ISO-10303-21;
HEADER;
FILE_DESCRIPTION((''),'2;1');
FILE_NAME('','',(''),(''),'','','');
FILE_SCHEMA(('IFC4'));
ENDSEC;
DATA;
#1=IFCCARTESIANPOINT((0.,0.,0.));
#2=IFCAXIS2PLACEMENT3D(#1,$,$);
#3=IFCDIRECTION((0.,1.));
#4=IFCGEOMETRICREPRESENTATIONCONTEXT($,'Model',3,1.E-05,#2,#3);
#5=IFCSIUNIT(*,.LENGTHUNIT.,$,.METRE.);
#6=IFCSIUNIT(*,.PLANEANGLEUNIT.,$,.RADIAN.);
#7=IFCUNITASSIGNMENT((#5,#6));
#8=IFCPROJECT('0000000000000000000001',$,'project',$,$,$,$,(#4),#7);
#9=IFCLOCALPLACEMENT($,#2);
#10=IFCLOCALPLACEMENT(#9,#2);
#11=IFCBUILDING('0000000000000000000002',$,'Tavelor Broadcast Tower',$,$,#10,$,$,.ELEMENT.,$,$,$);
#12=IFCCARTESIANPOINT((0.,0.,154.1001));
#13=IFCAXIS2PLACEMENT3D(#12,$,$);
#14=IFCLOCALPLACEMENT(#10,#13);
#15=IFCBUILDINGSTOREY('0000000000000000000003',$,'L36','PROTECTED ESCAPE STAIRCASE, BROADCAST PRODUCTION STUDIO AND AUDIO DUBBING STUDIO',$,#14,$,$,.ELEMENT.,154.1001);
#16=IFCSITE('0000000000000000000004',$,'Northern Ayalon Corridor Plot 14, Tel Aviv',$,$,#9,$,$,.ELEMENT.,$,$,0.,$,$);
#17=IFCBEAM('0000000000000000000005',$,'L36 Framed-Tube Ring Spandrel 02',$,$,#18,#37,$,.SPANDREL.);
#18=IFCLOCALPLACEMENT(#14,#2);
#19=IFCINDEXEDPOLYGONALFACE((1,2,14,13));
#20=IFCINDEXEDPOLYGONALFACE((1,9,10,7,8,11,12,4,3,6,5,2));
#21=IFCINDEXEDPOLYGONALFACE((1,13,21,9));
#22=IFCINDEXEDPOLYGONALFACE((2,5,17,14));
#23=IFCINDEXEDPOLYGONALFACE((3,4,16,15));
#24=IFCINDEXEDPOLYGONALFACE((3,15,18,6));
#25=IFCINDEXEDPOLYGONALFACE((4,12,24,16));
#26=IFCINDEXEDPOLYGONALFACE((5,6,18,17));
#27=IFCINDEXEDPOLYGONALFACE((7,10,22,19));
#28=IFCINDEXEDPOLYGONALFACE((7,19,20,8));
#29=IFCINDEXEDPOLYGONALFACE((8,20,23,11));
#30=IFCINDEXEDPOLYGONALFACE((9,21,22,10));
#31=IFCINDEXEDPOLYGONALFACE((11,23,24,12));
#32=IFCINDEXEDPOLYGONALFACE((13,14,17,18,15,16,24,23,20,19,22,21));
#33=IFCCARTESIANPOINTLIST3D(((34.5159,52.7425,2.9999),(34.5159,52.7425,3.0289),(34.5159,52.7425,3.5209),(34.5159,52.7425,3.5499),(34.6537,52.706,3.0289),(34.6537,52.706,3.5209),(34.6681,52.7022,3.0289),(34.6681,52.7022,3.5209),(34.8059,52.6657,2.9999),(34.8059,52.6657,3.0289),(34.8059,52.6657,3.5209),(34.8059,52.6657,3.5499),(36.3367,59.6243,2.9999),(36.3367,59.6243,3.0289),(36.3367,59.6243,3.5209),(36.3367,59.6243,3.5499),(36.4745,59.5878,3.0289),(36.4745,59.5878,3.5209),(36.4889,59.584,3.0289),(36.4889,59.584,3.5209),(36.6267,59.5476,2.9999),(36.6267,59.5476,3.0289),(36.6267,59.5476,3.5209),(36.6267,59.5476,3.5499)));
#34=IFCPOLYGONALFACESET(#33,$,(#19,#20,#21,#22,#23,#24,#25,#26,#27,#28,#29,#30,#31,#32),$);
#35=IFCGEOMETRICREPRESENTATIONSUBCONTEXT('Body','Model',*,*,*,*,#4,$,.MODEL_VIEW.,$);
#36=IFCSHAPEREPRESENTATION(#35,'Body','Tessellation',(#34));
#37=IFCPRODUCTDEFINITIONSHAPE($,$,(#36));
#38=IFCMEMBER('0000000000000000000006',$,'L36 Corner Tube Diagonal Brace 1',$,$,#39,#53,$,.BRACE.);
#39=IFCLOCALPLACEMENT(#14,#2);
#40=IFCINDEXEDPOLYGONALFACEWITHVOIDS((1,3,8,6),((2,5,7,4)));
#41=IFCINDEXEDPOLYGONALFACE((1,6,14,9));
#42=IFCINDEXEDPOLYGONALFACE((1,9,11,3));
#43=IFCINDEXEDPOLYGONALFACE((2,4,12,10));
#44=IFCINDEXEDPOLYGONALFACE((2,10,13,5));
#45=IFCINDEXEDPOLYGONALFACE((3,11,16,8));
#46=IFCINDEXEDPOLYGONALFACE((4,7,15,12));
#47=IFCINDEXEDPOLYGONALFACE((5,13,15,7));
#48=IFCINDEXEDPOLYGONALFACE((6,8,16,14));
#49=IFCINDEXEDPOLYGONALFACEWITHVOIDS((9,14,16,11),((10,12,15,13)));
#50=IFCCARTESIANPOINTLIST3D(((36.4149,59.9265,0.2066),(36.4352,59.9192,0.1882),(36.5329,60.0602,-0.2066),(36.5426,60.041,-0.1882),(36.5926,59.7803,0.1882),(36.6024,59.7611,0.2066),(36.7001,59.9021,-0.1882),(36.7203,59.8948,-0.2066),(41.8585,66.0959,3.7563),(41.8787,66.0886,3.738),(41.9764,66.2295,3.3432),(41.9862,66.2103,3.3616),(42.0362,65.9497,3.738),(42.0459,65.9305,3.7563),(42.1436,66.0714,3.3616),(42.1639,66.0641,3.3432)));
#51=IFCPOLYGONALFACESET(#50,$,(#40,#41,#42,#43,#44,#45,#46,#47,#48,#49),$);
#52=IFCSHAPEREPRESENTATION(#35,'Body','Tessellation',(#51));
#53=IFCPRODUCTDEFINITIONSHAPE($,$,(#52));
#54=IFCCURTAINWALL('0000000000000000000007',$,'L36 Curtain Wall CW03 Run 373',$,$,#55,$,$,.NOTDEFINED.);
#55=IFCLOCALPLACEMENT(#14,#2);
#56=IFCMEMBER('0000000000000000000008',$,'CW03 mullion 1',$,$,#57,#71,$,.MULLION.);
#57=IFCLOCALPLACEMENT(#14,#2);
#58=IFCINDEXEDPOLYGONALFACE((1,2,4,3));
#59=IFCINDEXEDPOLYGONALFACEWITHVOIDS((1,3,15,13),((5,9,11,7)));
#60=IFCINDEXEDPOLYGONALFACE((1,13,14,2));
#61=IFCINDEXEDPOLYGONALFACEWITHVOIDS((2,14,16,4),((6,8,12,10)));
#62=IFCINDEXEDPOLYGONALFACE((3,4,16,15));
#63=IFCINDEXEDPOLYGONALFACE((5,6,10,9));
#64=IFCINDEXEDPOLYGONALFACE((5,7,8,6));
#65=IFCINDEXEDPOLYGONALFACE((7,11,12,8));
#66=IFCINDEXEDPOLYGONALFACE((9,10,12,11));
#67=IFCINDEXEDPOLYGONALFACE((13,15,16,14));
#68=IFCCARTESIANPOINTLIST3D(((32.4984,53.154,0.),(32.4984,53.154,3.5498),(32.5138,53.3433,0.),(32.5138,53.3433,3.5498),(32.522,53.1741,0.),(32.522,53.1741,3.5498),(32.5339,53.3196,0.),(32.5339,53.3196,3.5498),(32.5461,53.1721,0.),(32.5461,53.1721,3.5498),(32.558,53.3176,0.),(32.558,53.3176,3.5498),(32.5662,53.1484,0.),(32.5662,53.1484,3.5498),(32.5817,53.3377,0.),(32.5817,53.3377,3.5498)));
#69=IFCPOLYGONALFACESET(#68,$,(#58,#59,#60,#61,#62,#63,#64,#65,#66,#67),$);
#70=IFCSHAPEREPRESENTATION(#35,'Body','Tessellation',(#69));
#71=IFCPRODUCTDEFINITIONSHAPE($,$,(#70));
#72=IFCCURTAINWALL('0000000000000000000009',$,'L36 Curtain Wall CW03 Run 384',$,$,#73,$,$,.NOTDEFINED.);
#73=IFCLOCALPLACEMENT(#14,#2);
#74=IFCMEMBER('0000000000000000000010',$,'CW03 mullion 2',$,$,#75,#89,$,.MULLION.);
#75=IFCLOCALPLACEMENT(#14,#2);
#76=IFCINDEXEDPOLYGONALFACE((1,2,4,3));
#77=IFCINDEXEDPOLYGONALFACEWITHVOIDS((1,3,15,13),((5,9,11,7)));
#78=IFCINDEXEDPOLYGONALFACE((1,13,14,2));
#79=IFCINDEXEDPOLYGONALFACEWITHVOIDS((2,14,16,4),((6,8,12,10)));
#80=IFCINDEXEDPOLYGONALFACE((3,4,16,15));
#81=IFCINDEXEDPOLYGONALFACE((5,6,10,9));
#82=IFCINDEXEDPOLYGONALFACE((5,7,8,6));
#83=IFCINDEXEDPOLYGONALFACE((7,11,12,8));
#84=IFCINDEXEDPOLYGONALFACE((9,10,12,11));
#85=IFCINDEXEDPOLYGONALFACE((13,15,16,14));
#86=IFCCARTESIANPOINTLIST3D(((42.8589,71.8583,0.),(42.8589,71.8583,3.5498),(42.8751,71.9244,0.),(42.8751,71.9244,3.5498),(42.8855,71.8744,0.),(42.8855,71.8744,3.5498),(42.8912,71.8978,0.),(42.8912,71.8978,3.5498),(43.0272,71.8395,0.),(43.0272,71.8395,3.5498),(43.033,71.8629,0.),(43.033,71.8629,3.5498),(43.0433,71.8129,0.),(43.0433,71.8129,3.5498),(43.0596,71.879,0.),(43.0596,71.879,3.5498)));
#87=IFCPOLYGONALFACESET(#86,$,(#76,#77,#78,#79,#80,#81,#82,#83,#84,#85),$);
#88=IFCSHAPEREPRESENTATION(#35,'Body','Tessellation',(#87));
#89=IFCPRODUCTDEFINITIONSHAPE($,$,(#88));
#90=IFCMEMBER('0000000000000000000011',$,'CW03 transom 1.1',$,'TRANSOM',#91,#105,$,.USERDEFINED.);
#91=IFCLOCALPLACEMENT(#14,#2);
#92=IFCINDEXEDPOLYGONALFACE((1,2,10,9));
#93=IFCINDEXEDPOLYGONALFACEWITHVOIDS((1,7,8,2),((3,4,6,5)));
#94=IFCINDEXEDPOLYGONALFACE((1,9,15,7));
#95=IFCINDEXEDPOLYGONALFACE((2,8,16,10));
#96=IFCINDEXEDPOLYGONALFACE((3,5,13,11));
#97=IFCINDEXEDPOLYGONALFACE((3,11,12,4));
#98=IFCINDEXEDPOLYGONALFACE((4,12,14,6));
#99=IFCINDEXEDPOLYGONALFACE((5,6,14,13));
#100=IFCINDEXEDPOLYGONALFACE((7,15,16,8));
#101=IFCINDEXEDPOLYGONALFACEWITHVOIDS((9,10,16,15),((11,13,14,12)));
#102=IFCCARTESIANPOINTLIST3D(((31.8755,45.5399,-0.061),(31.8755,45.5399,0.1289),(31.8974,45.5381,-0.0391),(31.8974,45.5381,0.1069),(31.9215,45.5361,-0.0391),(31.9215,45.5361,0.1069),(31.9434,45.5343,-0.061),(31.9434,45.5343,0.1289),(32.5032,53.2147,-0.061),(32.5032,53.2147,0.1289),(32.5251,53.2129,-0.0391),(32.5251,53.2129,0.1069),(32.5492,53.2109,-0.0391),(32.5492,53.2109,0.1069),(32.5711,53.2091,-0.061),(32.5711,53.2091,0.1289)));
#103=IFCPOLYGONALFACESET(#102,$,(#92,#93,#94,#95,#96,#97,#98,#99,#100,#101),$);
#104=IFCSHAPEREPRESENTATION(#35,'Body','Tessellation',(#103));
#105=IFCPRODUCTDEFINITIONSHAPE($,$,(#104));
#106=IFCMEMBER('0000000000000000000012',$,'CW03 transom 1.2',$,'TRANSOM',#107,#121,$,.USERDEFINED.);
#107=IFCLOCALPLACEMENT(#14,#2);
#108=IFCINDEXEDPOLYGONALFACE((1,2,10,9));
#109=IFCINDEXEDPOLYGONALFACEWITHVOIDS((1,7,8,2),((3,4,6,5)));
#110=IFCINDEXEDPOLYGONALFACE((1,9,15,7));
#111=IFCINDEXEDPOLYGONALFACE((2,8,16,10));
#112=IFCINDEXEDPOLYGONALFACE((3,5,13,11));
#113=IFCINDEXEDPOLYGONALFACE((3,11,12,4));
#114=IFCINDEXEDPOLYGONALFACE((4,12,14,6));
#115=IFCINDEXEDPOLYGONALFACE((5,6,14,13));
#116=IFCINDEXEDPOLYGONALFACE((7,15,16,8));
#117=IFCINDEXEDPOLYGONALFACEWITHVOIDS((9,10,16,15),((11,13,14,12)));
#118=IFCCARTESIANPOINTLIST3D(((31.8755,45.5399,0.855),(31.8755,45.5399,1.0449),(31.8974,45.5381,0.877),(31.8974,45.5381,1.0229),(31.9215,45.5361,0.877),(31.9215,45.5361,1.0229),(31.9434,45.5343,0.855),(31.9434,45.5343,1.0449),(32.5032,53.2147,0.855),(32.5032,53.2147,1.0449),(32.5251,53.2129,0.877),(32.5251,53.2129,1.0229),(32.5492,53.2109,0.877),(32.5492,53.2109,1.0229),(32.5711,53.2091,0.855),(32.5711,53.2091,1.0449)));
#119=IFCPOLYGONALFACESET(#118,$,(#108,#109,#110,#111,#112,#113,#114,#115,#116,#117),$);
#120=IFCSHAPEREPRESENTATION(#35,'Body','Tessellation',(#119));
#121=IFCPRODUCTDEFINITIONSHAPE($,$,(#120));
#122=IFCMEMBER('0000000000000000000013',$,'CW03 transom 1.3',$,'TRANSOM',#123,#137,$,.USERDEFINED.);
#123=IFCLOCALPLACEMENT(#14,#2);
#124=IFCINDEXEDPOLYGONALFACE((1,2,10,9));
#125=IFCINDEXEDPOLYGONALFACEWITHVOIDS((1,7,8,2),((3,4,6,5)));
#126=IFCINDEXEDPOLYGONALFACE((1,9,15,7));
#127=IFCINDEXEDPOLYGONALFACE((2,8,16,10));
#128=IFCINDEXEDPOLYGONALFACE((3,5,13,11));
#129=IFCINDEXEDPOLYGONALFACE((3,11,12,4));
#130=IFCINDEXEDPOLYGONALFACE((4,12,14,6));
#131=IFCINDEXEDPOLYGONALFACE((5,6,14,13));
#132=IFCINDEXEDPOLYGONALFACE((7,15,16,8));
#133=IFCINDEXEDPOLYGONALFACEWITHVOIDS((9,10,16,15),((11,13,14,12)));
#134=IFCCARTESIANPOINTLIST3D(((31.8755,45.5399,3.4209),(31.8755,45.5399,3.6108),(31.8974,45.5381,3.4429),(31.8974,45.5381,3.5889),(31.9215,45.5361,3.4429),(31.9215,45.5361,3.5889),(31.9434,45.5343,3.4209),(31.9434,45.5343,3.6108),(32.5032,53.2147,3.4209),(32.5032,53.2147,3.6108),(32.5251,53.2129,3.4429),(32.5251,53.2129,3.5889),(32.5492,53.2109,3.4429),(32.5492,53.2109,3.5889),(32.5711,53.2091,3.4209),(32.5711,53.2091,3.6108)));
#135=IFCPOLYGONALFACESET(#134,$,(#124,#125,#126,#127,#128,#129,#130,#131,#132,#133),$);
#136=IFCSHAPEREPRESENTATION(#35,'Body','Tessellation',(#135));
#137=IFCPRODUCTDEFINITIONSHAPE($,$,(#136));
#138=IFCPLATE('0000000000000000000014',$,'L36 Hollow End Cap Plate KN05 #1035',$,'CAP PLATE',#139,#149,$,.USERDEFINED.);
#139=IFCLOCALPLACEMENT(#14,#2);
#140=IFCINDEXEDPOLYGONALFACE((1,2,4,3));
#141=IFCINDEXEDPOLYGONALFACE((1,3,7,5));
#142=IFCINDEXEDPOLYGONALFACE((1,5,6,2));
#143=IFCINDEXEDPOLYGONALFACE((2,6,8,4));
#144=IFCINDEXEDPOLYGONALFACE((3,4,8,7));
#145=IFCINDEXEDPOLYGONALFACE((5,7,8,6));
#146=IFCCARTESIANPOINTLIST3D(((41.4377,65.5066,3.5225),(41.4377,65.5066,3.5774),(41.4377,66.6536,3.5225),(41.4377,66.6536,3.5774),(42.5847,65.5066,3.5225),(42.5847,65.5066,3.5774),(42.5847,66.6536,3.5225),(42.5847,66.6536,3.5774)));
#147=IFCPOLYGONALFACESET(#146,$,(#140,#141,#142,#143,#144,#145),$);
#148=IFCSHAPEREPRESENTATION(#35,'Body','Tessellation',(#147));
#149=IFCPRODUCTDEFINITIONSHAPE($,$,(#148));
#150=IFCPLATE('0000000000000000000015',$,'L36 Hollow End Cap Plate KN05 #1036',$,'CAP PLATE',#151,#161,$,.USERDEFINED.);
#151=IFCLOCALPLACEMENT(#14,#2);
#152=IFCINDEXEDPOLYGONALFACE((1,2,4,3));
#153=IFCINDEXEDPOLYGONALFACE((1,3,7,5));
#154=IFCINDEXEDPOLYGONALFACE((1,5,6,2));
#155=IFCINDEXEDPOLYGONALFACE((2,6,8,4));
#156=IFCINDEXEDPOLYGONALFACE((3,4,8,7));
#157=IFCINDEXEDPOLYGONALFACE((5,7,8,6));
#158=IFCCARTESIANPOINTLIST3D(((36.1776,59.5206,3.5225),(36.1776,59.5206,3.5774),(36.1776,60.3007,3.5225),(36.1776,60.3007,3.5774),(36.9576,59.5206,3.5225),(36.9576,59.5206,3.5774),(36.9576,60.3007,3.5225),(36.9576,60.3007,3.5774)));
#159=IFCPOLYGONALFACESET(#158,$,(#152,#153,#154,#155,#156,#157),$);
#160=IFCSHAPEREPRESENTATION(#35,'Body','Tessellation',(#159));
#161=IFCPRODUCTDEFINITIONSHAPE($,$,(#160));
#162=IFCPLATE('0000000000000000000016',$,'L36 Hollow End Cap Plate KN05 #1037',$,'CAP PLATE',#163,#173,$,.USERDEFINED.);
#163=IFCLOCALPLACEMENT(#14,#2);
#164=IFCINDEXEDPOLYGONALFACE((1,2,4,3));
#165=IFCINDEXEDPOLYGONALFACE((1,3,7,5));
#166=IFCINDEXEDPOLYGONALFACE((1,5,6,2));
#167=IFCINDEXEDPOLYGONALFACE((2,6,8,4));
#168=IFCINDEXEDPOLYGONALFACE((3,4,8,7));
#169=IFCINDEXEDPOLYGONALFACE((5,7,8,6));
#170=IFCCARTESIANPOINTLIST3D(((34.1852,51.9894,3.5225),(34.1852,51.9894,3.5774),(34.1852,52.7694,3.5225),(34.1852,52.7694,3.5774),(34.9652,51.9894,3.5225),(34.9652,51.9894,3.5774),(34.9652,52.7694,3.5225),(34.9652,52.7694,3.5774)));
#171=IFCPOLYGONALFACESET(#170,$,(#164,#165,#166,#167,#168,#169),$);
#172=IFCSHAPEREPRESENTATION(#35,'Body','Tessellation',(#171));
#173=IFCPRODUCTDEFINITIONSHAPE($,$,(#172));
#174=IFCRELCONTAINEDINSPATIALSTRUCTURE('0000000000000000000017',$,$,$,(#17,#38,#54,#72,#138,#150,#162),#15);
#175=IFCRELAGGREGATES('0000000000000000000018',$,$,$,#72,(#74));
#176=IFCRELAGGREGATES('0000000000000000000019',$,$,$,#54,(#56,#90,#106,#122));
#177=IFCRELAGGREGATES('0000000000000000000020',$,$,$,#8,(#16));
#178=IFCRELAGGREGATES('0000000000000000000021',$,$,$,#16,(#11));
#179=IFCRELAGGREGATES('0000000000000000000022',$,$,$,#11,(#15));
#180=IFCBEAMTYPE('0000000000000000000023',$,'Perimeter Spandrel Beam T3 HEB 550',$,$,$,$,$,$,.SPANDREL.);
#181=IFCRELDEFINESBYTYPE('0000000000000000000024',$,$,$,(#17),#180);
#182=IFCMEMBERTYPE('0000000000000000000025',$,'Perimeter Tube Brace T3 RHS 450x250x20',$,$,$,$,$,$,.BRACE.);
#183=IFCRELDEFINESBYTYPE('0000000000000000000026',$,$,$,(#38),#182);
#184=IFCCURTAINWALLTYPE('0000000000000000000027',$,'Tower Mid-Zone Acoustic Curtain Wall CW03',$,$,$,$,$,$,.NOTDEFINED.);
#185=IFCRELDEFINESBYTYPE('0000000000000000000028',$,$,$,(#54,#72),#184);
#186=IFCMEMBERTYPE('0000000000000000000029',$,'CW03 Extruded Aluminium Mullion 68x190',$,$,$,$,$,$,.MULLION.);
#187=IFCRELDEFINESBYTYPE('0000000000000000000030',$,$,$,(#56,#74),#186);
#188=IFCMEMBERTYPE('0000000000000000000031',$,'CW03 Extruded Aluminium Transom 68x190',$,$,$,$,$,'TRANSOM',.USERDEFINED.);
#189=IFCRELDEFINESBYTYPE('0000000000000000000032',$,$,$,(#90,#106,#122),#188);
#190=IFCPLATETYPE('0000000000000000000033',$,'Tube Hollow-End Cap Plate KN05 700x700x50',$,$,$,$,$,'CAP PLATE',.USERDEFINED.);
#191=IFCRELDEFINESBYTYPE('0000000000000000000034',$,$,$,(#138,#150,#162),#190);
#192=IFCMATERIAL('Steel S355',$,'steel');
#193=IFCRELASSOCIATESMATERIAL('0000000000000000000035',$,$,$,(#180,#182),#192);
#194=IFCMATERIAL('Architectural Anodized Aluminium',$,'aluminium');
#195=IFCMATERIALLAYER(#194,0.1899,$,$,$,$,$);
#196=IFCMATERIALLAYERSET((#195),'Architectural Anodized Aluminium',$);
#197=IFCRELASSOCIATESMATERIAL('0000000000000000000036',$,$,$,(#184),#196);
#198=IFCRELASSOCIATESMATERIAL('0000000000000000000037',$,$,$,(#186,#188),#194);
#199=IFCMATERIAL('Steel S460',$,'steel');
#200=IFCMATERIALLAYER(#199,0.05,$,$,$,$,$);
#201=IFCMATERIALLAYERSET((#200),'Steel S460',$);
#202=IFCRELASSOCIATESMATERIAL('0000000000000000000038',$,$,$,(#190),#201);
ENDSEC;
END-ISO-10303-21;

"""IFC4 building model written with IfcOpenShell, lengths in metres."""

from ifc_helpers import new_model, si_unit, direction, frame, origin, origin_2d, place, context, subcontext, project, spatial, rectangle, hollow_rectangle, i_section, extrude, source, transform, mapped, material, layer, layer_set, material_profile, profile_set, type_object, type_shapes, element, aggregate, save


model = new_model("IFC4")

# Units and contexts
model_context = context("Model", 3, precision=1e-05, world=origin(), true_north=direction((0.0, 1.0)))
body_context = subcontext(model_context, "Body", "Model", "MODEL_VIEW")
ifc_project = project(units=[si_unit("LENGTHUNIT", "METRE"), si_unit("PLANEANGLEUNIT", "RADIAN")], contexts=[model_context])

# Site, building, storey
site_placement = place(None, origin())
site = spatial("IfcSite", under=ifc_project, at=site_placement, Name="Northern Ayalon Corridor Plot 14, Tel Aviv", CompositionType="ELEMENT", RefElevation=0.0)
building_placement = place(site_placement, origin())
building = spatial("IfcBuilding", under=site, at=building_placement, Name="Tavelor Broadcast Tower", CompositionType="ELEMENT")
storey_placement = place(building_placement, frame((0.0, 0.0, 154.1001)))
storey = spatial("IfcBuildingStorey", under=building, at=storey_placement, Name="L36", Description="PROTECTED ESCAPE STAIRCASE, BROADCAST PRODUCTION STUDIO AND AUDIO DUBBING STUDIO", CompositionType="ELEMENT", Elevation=154.1001)

# Shared definitions
ifc_material_1 = material(Name="Steel S460", Category="steel")

# Beam
ifc_material_2 = material(Name="Steel S355", Category="steel")
ifc_material_profile_1 = material_profile(ifc_material_2, i_section(OverallWidth=0.3, OverallDepth=0.55, WebThickness=0.0149, FlangeThickness=0.0291, at=origin_2d()), Name="HEB 550")
ifc_profile_set_1 = profile_set([ifc_material_profile_1], Name="Steel S355")
beam_type_1 = type_object("IfcBeamType", Name="Perimeter Spandrel Beam T3 HEB 550", PredefinedType="SPANDREL", material=ifc_profile_set_1)
beam_1_placement = place(storey_placement, frame((36.4817, 59.5859, 3.2749), z_axis=(-0.255779, -0.966735, 0.0), x_axis=(0.966735, -0.255779, 0.0)))
element("IfcBeam", 1, at=beam_1_placement, inside=storey, type_object=beam_type_1, Name="L36 Framed-Tube Ring Spandrel 02", PredefinedType="SPANDREL", context=body_context, shape_type="SweptSolid", body=[
    extrude(i_section(OverallWidth=0.3, OverallDepth=0.55, WebThickness=0.0149, FlangeThickness=0.0291, at=origin_2d()), origin(), (0.0, 0.0, 1.0), 7.1187),
])

# Member
ifc_material_profile_2 = material_profile(ifc_material_2, hollow_rectangle(XDim=0.25, YDim=0.45, WallThickness=0.02, at=origin_2d()), Name="RHS 450x250x20")
ifc_profile_set_2 = profile_set([ifc_material_profile_2], Name="Steel S355")
member_type_1 = type_object("IfcMemberType", Name="Perimeter Tube Brace T3 RHS 450x250x20", PredefinedType="BRACE", material=ifc_profile_set_2)
member_1_placement = place(storey_placement, frame((36.5676, 59.9106, 0.0), z_axis=(0.607491, 0.688492, 0.396148), x_axis=(-0.749839, 0.661621, 0.0)))
element("IfcMember", 2, at=member_1_placement, inside=storey, type_object=member_type_1, Name="L36 Corner Tube Diagonal Brace 1", PredefinedType="BRACE", context=body_context, shape_type="SweptSolid", body=[
    extrude(hollow_rectangle(XDim=0.25, YDim=0.45, WallThickness=0.02, at=origin_2d()), origin(), (0.0, 0.0, 1.0), 8.9607),
])

# Curtain walls, members
ifc_material_3 = material(Name="Architectural Anodized Aluminium", Category="aluminium")
ifc_layer_1 = layer(ifc_material_3, 0.1899)
ifc_layer_set_1 = layer_set([ifc_layer_1], Name="Architectural Anodized Aluminium")
curtain_wall_type = type_object("IfcCurtainWallType", Name="Tower Mid-Zone Acoustic Curtain Wall CW03", PredefinedType="NOTDEFINED", material=ifc_layer_set_1)
curtain_wall_1_placement = place(storey_placement, origin())
curtain_wall_1 = element("IfcCurtainWall", 3, at=curtain_wall_1_placement, inside=storey, type_object=curtain_wall_type, Name="L36 Curtain Wall CW03 Run 373", PredefinedType="NOTDEFINED")
ifc_material_profile_3 = material_profile(ifc_material_3, hollow_rectangle(XDim=0.0681, YDim=0.1899, WallThickness=0.022, at=origin_2d()), Name="RHS 68x190x22")
ifc_profile_set_3 = profile_set([ifc_material_profile_3], Name="Architectural Anodized Aluminium")
member_type_2 = type_object("IfcMemberType", Name="CW03 Extruded Aluminium Mullion 68x190", PredefinedType="MULLION", material=ifc_profile_set_3)
shared_shape_1 = source(origin(), body_context, "Body", "SweptSolid", [
    extrude(hollow_rectangle(XDim=0.0681, YDim=0.1899, WallThickness=0.022, at=origin_2d()), origin(), (0.0, 0.0, 1.0), 3.5498),
])
type_shapes(member_type_2, [shared_shape_1])
member_2_placement = place(storey_placement, frame((32.54, 53.2458, 0.0), z_axis=(0.0, 0.0, 1.0), x_axis=(0.996673, -0.081504, 0.0)))
member_2 = element("IfcMember", 4, at=member_2_placement, type_object=member_type_2, Name="CW03 mullion 1", PredefinedType="MULLION", context=body_context, shape_type="MappedRepresentation", body=[
    mapped(shared_shape_1, transform((0.0, 0.0, 0.0), scale=1.0)),
])
curtain_wall_2_placement = place(storey_placement, origin())
curtain_wall_2 = element("IfcCurtainWall", 5, at=curtain_wall_2_placement, inside=storey, type_object=curtain_wall_type, Name="L36 Curtain Wall CW03 Run 384", PredefinedType="NOTDEFINED")
member_3_placement = place(storey_placement, frame((42.9592, 71.8687, 0.0), z_axis=(0.0, 0.0, 1.0), x_axis=(-0.238931, -0.971036, 0.0)))
member_3 = element("IfcMember", 6, at=member_3_placement, type_object=member_type_2, Name="CW03 mullion 2", PredefinedType="MULLION", context=body_context, shape_type="MappedRepresentation", body=[
    mapped(shared_shape_1, transform((0.0, 0.0, 0.0), scale=1.0)),
])
aggregate(curtain_wall_2, [member_3])

# Members
ifc_material_profile_4 = material_profile(ifc_material_3, hollow_rectangle(XDim=0.0681, YDim=0.1899, WallThickness=0.022, at=origin_2d()), Name="RHS 68x190x22")
ifc_profile_set_4 = profile_set([ifc_material_profile_4], Name="Architectural Anodized Aluminium")
member_type_3 = type_object("IfcMemberType", Name="CW03 Extruded Aluminium Transom 68x190", ElementType="TRANSOM", PredefinedType="USERDEFINED", material=ifc_profile_set_4)
shared_shape_2 = source(origin(), body_context, "Body", "SweptSolid", [
    extrude(hollow_rectangle(XDim=0.0681, YDim=0.1899, WallThickness=0.022, at=origin_2d()), origin(), (0.0, 0.0, 1.0), 7.7004),
])
type_shapes(member_type_3, [shared_shape_2])
member_4_placement = place(storey_placement, frame((32.5371, 53.2119, 0.0339), z_axis=(-0.081513, -0.996672, 0.0), x_axis=(0.996672, -0.081513, 0.0)))
member_4 = element("IfcMember", 7, at=member_4_placement, type_object=member_type_3, Name="CW03 transom 1.1", ObjectType="TRANSOM", PredefinedType="USERDEFINED", context=body_context, shape_type="MappedRepresentation", body=[
    mapped(shared_shape_2, transform((0.0, 0.0, 0.0), scale=1.0)),
])
member_5_placement = place(storey_placement, frame((32.5371, 53.2119, 0.95), z_axis=(-0.081513, -0.996672, 0.0), x_axis=(0.996672, -0.081513, 0.0)))
member_5 = element("IfcMember", 8, at=member_5_placement, type_object=member_type_3, Name="CW03 transom 1.2", ObjectType="TRANSOM", PredefinedType="USERDEFINED", context=body_context, shape_type="MappedRepresentation", body=[
    mapped(shared_shape_2, transform((0.0, 0.0, 0.0), scale=1.0)),
])
member_6_placement = place(storey_placement, frame((32.5371, 53.2119, 3.5159), z_axis=(-0.081513, -0.996672, 0.0), x_axis=(0.996672, -0.081513, 0.0)))
member_6 = element("IfcMember", 9, at=member_6_placement, type_object=member_type_3, Name="CW03 transom 1.3", ObjectType="TRANSOM", PredefinedType="USERDEFINED", context=body_context, shape_type="MappedRepresentation", body=[
    mapped(shared_shape_2, transform((0.0, 0.0, 0.0), scale=1.0)),
])
aggregate(curtain_wall_1, [member_2, member_4, member_5, member_6])

# Plates
ifc_layer_2 = layer(ifc_material_1, 0.05)
ifc_layer_set_2 = layer_set([ifc_layer_2], Name="Steel S460")
plate_type = type_object("IfcPlateType", Name="Tube Hollow-End Cap Plate KN05 700x700x50", ElementType="CAP PLATE", PredefinedType="USERDEFINED", material=ifc_layer_set_2)
shared_shape_3 = source(origin(), body_context, "Body", "SweptSolid", [
    extrude(rectangle(XDim=1.147, YDim=1.147, at=origin_2d()), origin(), (0.0, 0.0, 1.0), 0.0549),
])
plate_placement = place(storey_placement, frame((42.0112, 66.0801, 3.5225), z_axis=(0.0, 0.0, 1.0), x_axis=(1.0, 0.0, 0.0)))
element("IfcPlate", 10, at=plate_placement, inside=storey, type_object=plate_type, Name="L36 Hollow End Cap Plate KN05 #1035", ObjectType="CAP PLATE", PredefinedType="USERDEFINED", context=body_context, shape_type="MappedRepresentation", body=[
    mapped(shared_shape_3, transform((0.0, 0.0, 0.0), scale=1.0)),
])
shared_shape_4 = source(origin(), body_context, "Body", "SweptSolid", [
    extrude(rectangle(XDim=0.78, YDim=0.78, at=origin_2d()), origin(), (0.0, 0.0, 1.0), 0.0549),
])
type_shapes(plate_type, [shared_shape_3, shared_shape_4])
for number, where, z_axis, x_axis, name in (
    (11, (36.5676, 59.9106, 3.5225), (0.0, 0.0, 1.0), (1.0, 0.0, 0.0), "L36 Hollow End Cap Plate KN05 #1036"),
    (12, (34.5752, 52.3794, 3.5225), (0.0, 0.0, 1.0), (1.0, 0.0, 0.0), "L36 Hollow End Cap Plate KN05 #1037"),
):
    element("IfcPlate", number, at=place(storey_placement, frame(where, z_axis=z_axis, x_axis=x_axis)), inside=storey, type_object=plate_type, Name=name, ObjectType="CAP PLATE", PredefinedType="USERDEFINED", context=body_context, shape_type="MappedRepresentation", body=[
        mapped(shared_shape_4, transform((0.0, 0.0, 0.0), scale=1.0)),
    ])

save(model, "model.ifc")
